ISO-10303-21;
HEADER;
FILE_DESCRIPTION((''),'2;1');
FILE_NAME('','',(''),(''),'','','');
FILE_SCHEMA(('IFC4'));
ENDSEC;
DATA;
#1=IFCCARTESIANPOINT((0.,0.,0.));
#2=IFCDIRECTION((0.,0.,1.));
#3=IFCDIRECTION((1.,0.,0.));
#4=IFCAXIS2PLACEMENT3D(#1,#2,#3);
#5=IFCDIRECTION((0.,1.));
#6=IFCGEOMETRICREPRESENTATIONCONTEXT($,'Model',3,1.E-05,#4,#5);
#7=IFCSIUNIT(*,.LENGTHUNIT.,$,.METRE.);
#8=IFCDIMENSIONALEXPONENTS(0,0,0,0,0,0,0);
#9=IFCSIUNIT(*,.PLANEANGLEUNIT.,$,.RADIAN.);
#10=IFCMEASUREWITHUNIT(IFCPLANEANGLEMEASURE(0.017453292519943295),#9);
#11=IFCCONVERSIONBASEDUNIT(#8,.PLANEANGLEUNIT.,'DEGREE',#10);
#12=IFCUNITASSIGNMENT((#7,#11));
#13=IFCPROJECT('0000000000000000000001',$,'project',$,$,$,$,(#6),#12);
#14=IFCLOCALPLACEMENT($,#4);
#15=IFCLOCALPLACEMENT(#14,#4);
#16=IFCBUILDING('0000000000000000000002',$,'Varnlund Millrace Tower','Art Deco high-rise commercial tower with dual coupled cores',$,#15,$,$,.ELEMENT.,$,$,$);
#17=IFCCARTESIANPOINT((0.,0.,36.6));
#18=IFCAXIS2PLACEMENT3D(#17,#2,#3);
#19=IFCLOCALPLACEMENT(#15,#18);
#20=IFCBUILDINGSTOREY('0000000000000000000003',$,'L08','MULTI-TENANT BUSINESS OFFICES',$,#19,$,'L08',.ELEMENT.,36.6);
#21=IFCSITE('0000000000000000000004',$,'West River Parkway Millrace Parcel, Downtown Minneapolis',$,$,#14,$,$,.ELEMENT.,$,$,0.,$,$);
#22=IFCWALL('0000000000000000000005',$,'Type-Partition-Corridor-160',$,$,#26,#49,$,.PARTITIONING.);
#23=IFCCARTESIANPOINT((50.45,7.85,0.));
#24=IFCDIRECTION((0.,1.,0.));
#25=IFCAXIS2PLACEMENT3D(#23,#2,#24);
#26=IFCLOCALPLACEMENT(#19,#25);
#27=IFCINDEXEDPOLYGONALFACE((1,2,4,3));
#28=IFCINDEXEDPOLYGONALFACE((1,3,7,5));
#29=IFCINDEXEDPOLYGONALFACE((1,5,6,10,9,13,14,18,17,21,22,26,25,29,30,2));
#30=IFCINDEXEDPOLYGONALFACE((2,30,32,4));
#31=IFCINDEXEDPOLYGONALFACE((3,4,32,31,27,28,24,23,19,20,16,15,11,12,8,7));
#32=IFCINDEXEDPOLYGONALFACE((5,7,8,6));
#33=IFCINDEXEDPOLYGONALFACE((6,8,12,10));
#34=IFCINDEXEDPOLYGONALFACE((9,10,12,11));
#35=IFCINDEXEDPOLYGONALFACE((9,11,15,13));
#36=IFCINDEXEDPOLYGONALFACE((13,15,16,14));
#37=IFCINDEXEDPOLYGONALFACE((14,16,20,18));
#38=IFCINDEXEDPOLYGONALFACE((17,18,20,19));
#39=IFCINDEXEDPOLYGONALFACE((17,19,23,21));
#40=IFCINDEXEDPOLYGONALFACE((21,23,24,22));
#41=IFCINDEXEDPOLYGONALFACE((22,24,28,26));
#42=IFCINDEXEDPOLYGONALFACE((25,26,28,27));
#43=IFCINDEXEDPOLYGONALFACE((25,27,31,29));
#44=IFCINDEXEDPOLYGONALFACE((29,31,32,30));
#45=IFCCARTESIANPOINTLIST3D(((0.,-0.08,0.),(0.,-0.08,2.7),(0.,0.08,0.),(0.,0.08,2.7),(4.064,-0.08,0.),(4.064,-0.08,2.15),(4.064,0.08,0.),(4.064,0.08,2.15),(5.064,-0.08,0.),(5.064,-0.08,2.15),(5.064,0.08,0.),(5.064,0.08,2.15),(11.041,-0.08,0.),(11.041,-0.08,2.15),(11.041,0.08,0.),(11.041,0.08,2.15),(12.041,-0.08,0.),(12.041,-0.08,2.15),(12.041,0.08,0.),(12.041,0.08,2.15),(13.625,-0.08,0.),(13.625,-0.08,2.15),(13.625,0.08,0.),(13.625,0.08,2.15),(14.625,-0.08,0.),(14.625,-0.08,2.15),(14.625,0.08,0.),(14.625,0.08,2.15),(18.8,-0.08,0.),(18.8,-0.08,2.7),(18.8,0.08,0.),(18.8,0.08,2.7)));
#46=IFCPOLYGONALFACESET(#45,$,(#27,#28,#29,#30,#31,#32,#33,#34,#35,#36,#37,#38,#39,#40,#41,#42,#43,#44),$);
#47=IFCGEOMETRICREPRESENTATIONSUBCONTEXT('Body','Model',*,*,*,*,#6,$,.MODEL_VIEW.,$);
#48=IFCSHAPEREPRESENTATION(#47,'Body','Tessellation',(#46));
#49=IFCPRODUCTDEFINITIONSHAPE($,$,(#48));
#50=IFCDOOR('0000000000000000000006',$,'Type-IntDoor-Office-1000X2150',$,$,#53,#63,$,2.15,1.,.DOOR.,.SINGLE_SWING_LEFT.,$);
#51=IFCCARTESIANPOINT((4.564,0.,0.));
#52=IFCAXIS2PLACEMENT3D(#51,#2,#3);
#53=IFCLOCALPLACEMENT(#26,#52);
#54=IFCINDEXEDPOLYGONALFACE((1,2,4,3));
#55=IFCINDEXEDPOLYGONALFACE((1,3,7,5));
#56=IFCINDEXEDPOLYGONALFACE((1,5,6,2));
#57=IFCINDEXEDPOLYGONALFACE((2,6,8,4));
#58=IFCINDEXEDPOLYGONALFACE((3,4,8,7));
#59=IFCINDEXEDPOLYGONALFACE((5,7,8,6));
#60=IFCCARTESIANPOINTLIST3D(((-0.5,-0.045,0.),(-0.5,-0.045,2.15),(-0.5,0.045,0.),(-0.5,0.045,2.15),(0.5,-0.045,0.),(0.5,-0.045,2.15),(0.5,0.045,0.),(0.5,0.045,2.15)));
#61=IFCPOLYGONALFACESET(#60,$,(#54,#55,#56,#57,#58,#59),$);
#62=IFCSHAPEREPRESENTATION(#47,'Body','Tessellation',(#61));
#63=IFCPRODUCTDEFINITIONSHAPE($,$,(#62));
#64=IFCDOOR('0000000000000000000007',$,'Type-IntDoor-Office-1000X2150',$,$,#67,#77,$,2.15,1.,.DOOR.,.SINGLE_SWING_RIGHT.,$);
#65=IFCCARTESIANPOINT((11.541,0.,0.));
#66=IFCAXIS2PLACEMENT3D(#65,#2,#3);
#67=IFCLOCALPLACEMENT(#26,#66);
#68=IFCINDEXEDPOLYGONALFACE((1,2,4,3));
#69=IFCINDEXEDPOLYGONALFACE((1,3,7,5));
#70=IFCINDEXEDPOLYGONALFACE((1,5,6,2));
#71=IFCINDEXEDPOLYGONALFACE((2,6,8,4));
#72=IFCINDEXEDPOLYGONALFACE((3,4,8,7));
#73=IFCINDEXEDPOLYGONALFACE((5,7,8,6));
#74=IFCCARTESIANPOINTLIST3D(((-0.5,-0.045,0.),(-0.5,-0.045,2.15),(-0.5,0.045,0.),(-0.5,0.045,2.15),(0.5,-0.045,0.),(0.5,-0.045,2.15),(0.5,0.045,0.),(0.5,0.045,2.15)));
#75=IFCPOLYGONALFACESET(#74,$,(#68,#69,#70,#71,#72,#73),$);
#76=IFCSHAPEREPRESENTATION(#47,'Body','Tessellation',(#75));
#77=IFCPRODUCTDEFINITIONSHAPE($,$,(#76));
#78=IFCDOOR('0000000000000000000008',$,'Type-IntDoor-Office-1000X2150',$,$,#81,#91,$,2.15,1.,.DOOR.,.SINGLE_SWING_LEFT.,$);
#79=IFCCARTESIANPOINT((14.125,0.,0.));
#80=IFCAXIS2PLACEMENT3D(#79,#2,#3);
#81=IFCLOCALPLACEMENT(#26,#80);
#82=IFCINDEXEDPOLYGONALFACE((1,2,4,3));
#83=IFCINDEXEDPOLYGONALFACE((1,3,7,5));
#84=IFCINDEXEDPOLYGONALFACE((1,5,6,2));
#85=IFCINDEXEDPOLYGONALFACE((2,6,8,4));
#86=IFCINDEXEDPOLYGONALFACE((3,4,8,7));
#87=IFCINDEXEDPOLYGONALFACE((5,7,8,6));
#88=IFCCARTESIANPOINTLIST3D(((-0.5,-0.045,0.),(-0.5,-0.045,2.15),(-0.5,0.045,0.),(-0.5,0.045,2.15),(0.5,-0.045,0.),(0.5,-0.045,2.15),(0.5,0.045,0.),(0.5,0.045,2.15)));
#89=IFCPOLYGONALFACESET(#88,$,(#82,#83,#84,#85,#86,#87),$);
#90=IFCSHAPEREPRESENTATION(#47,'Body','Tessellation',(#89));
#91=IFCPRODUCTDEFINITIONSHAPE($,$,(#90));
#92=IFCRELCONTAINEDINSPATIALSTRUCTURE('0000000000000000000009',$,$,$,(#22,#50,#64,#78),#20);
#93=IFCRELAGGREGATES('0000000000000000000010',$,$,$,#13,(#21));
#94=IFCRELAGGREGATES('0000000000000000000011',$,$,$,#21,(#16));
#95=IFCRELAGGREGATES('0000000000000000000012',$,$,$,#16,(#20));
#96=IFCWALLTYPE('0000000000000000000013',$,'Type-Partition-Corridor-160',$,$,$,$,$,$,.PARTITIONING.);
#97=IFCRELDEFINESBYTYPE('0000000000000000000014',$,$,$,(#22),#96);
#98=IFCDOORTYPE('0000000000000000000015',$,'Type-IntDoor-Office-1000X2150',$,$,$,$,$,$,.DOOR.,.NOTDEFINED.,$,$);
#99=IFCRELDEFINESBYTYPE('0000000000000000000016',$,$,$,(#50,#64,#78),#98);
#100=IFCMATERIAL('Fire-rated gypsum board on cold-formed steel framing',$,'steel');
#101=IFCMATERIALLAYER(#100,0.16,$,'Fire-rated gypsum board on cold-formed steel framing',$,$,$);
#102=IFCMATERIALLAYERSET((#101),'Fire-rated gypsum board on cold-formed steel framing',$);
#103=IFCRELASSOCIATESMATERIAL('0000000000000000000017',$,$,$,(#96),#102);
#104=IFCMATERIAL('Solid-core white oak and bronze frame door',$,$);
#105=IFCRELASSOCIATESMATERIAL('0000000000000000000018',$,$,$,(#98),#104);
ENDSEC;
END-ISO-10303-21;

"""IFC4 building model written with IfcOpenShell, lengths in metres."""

from ifc_helpers import new_model, entity, si_unit, converted_unit, direction, frame, origin_with_axes, origin_2d_with_axis, place, context, subcontext, project, spatial, polyline, rectangle, outline, extrude, material, layer, layer_set, type_object, element, fill, save


model = new_model("IFC4")

# Units and contexts
model_context = context("Model", 3, precision=1e-05, world=origin_with_axes(), true_north=direction((0.0, 1.0)))
body_context = subcontext(model_context, "Body", "Model", "MODEL_VIEW")
ifc_project = project(units=[si_unit("LENGTHUNIT", "METRE"), converted_unit("PLANEANGLEUNIT", "DEGREE", entity("IfcPlaneAngleMeasure", 0.017453292519943295), si_unit("PLANEANGLEUNIT", "RADIAN"), dimensions=[0, 0, 0, 0, 0, 0, 0])], contexts=[model_context])

# Site, building, storey
site_placement = place(None, origin_with_axes())
site = spatial("IfcSite", under=ifc_project, at=site_placement, Name="West River Parkway Millrace Parcel, Downtown Minneapolis", CompositionType="ELEMENT", RefElevation=0.0)
building_placement = place(site_placement, origin_with_axes())
building = spatial("IfcBuilding", under=site, at=building_placement, Name="Varnlund Millrace Tower", Description="Art Deco high-rise commercial tower with dual coupled cores", CompositionType="ELEMENT")
storey_placement = place(building_placement, frame((0.0, 0.0, 36.6), z_axis=(0.0, 0.0, 1.0), x_axis=(1.0, 0.0, 0.0)))
storey = spatial("IfcBuildingStorey", under=building, at=storey_placement, Name="L08", Description="MULTI-TENANT BUSINESS OFFICES", LongName="L08", CompositionType="ELEMENT", Elevation=36.6)

# Wall, openings, doors
ifc_material_1 = material(Name="Fire-rated gypsum board on cold-formed steel framing", Category="steel")
ifc_layer_1 = layer(ifc_material_1, 0.16, Name="Fire-rated gypsum board on cold-formed steel framing")
ifc_layer_set_1 = layer_set([ifc_layer_1], Name="Fire-rated gypsum board on cold-formed steel framing")
wall_type_1 = type_object("IfcWallType", Name="Type-Partition-Corridor-160", PredefinedType="PARTITIONING", material=ifc_layer_set_1)
wall_1_placement = place(storey_placement, frame((50.45, 7.85, 0.0), z_axis=(0.0, 0.0, 1.0), x_axis=(0.0, 1.0, 0.0)))
wall_1 = element("IfcWall", 1, at=wall_1_placement, inside=storey, type_object=wall_type_1, Name="Type-Partition-Corridor-160", PredefinedType="PARTITIONING", context=body_context, shape_type="SweptSolid", body=[
    extrude(outline(polyline([(0.0, -0.08), (18.8, -0.08), (18.8, 0.08), (0.0, 0.08), (0.0, -0.08)])), origin_with_axes(), (0.0, 0.0, 1.0), 2.7),
])
opening_1_placement = place(wall_1_placement, frame((4.564, 0.0, 0.0), z_axis=(0.0, 0.0, 1.0), x_axis=(1.0, 0.0, 0.0)))
opening_1 = element("IfcOpeningElement", 2, at=opening_1_placement, cuts=wall_1, PredefinedType="OPENING", context=body_context, shape_type="SweptSolid", body=[
    extrude(rectangle(XDim=1.0, YDim=0.18, at=origin_2d_with_axis()), origin_with_axes(), (0.0, 0.0, 1.0), 2.15),
])
opening_2_placement = place(wall_1_placement, frame((11.541, 0.0, 0.0), z_axis=(0.0, 0.0, 1.0), x_axis=(1.0, 0.0, 0.0)))
opening_2 = element("IfcOpeningElement", 3, at=opening_2_placement, cuts=wall_1, PredefinedType="OPENING", context=body_context, shape_type="SweptSolid", body=[
    extrude(rectangle(XDim=1.0, YDim=0.18, at=origin_2d_with_axis()), origin_with_axes(), (0.0, 0.0, 1.0), 2.15),
])
opening_3_placement = place(wall_1_placement, frame((14.125, 0.0, 0.0), z_axis=(0.0, 0.0, 1.0), x_axis=(1.0, 0.0, 0.0)))
opening_3 = element("IfcOpeningElement", 4, at=opening_3_placement, cuts=wall_1, PredefinedType="OPENING", context=body_context, shape_type="SweptSolid", body=[
    extrude(rectangle(XDim=1.0, YDim=0.18, at=origin_2d_with_axis()), origin_with_axes(), (0.0, 0.0, 1.0), 2.15),
])
ifc_material_2 = material(Name="Solid-core white oak and bronze frame door")
door_type_1 = type_object("IfcDoorType", Name="Type-IntDoor-Office-1000X2150", OperationType="NOTDEFINED", PredefinedType="DOOR", material=ifc_material_2)
door_1_placement = place(wall_1_placement, frame((4.564, 0.0, 0.0), z_axis=(0.0, 0.0, 1.0), x_axis=(1.0, 0.0, 0.0)))
door_1 = element("IfcDoor", 5, at=door_1_placement, inside=storey, type_object=door_type_1, Name="Type-IntDoor-Office-1000X2150", OperationType="SINGLE_SWING_LEFT", OverallHeight=2.15, OverallWidth=1.0, PredefinedType="DOOR", context=body_context, shape_type="SweptSolid", body=[
    extrude(rectangle(XDim=1.0, YDim=0.09, at=origin_2d_with_axis()), origin_with_axes(), (0.0, 0.0, 1.0), 2.15),
])
fill(opening_1, door_1)
door_2_placement = place(wall_1_placement, frame((11.541, 0.0, 0.0), z_axis=(0.0, 0.0, 1.0), x_axis=(1.0, 0.0, 0.0)))
door_2 = element("IfcDoor", 6, at=door_2_placement, inside=storey, type_object=door_type_1, Name="Type-IntDoor-Office-1000X2150", OperationType="SINGLE_SWING_RIGHT", OverallHeight=2.15, OverallWidth=1.0, PredefinedType="DOOR", context=body_context, shape_type="SweptSolid", body=[
    extrude(rectangle(XDim=1.0, YDim=0.09, at=origin_2d_with_axis()), origin_with_axes(), (0.0, 0.0, 1.0), 2.15),
])
fill(opening_2, door_2)
door_3_placement = place(wall_1_placement, frame((14.125, 0.0, 0.0), z_axis=(0.0, 0.0, 1.0), x_axis=(1.0, 0.0, 0.0)))
door_3 = element("IfcDoor", 7, at=door_3_placement, inside=storey, type_object=door_type_1, Name="Type-IntDoor-Office-1000X2150", OperationType="SINGLE_SWING_LEFT", OverallHeight=2.15, OverallWidth=1.0, PredefinedType="DOOR", context=body_context, shape_type="SweptSolid", body=[
    extrude(rectangle(XDim=1.0, YDim=0.09, at=origin_2d_with_axis()), origin_with_axes(), (0.0, 0.0, 1.0), 2.15),
])
fill(opening_3, door_3)

save(model, "model.ifc")
